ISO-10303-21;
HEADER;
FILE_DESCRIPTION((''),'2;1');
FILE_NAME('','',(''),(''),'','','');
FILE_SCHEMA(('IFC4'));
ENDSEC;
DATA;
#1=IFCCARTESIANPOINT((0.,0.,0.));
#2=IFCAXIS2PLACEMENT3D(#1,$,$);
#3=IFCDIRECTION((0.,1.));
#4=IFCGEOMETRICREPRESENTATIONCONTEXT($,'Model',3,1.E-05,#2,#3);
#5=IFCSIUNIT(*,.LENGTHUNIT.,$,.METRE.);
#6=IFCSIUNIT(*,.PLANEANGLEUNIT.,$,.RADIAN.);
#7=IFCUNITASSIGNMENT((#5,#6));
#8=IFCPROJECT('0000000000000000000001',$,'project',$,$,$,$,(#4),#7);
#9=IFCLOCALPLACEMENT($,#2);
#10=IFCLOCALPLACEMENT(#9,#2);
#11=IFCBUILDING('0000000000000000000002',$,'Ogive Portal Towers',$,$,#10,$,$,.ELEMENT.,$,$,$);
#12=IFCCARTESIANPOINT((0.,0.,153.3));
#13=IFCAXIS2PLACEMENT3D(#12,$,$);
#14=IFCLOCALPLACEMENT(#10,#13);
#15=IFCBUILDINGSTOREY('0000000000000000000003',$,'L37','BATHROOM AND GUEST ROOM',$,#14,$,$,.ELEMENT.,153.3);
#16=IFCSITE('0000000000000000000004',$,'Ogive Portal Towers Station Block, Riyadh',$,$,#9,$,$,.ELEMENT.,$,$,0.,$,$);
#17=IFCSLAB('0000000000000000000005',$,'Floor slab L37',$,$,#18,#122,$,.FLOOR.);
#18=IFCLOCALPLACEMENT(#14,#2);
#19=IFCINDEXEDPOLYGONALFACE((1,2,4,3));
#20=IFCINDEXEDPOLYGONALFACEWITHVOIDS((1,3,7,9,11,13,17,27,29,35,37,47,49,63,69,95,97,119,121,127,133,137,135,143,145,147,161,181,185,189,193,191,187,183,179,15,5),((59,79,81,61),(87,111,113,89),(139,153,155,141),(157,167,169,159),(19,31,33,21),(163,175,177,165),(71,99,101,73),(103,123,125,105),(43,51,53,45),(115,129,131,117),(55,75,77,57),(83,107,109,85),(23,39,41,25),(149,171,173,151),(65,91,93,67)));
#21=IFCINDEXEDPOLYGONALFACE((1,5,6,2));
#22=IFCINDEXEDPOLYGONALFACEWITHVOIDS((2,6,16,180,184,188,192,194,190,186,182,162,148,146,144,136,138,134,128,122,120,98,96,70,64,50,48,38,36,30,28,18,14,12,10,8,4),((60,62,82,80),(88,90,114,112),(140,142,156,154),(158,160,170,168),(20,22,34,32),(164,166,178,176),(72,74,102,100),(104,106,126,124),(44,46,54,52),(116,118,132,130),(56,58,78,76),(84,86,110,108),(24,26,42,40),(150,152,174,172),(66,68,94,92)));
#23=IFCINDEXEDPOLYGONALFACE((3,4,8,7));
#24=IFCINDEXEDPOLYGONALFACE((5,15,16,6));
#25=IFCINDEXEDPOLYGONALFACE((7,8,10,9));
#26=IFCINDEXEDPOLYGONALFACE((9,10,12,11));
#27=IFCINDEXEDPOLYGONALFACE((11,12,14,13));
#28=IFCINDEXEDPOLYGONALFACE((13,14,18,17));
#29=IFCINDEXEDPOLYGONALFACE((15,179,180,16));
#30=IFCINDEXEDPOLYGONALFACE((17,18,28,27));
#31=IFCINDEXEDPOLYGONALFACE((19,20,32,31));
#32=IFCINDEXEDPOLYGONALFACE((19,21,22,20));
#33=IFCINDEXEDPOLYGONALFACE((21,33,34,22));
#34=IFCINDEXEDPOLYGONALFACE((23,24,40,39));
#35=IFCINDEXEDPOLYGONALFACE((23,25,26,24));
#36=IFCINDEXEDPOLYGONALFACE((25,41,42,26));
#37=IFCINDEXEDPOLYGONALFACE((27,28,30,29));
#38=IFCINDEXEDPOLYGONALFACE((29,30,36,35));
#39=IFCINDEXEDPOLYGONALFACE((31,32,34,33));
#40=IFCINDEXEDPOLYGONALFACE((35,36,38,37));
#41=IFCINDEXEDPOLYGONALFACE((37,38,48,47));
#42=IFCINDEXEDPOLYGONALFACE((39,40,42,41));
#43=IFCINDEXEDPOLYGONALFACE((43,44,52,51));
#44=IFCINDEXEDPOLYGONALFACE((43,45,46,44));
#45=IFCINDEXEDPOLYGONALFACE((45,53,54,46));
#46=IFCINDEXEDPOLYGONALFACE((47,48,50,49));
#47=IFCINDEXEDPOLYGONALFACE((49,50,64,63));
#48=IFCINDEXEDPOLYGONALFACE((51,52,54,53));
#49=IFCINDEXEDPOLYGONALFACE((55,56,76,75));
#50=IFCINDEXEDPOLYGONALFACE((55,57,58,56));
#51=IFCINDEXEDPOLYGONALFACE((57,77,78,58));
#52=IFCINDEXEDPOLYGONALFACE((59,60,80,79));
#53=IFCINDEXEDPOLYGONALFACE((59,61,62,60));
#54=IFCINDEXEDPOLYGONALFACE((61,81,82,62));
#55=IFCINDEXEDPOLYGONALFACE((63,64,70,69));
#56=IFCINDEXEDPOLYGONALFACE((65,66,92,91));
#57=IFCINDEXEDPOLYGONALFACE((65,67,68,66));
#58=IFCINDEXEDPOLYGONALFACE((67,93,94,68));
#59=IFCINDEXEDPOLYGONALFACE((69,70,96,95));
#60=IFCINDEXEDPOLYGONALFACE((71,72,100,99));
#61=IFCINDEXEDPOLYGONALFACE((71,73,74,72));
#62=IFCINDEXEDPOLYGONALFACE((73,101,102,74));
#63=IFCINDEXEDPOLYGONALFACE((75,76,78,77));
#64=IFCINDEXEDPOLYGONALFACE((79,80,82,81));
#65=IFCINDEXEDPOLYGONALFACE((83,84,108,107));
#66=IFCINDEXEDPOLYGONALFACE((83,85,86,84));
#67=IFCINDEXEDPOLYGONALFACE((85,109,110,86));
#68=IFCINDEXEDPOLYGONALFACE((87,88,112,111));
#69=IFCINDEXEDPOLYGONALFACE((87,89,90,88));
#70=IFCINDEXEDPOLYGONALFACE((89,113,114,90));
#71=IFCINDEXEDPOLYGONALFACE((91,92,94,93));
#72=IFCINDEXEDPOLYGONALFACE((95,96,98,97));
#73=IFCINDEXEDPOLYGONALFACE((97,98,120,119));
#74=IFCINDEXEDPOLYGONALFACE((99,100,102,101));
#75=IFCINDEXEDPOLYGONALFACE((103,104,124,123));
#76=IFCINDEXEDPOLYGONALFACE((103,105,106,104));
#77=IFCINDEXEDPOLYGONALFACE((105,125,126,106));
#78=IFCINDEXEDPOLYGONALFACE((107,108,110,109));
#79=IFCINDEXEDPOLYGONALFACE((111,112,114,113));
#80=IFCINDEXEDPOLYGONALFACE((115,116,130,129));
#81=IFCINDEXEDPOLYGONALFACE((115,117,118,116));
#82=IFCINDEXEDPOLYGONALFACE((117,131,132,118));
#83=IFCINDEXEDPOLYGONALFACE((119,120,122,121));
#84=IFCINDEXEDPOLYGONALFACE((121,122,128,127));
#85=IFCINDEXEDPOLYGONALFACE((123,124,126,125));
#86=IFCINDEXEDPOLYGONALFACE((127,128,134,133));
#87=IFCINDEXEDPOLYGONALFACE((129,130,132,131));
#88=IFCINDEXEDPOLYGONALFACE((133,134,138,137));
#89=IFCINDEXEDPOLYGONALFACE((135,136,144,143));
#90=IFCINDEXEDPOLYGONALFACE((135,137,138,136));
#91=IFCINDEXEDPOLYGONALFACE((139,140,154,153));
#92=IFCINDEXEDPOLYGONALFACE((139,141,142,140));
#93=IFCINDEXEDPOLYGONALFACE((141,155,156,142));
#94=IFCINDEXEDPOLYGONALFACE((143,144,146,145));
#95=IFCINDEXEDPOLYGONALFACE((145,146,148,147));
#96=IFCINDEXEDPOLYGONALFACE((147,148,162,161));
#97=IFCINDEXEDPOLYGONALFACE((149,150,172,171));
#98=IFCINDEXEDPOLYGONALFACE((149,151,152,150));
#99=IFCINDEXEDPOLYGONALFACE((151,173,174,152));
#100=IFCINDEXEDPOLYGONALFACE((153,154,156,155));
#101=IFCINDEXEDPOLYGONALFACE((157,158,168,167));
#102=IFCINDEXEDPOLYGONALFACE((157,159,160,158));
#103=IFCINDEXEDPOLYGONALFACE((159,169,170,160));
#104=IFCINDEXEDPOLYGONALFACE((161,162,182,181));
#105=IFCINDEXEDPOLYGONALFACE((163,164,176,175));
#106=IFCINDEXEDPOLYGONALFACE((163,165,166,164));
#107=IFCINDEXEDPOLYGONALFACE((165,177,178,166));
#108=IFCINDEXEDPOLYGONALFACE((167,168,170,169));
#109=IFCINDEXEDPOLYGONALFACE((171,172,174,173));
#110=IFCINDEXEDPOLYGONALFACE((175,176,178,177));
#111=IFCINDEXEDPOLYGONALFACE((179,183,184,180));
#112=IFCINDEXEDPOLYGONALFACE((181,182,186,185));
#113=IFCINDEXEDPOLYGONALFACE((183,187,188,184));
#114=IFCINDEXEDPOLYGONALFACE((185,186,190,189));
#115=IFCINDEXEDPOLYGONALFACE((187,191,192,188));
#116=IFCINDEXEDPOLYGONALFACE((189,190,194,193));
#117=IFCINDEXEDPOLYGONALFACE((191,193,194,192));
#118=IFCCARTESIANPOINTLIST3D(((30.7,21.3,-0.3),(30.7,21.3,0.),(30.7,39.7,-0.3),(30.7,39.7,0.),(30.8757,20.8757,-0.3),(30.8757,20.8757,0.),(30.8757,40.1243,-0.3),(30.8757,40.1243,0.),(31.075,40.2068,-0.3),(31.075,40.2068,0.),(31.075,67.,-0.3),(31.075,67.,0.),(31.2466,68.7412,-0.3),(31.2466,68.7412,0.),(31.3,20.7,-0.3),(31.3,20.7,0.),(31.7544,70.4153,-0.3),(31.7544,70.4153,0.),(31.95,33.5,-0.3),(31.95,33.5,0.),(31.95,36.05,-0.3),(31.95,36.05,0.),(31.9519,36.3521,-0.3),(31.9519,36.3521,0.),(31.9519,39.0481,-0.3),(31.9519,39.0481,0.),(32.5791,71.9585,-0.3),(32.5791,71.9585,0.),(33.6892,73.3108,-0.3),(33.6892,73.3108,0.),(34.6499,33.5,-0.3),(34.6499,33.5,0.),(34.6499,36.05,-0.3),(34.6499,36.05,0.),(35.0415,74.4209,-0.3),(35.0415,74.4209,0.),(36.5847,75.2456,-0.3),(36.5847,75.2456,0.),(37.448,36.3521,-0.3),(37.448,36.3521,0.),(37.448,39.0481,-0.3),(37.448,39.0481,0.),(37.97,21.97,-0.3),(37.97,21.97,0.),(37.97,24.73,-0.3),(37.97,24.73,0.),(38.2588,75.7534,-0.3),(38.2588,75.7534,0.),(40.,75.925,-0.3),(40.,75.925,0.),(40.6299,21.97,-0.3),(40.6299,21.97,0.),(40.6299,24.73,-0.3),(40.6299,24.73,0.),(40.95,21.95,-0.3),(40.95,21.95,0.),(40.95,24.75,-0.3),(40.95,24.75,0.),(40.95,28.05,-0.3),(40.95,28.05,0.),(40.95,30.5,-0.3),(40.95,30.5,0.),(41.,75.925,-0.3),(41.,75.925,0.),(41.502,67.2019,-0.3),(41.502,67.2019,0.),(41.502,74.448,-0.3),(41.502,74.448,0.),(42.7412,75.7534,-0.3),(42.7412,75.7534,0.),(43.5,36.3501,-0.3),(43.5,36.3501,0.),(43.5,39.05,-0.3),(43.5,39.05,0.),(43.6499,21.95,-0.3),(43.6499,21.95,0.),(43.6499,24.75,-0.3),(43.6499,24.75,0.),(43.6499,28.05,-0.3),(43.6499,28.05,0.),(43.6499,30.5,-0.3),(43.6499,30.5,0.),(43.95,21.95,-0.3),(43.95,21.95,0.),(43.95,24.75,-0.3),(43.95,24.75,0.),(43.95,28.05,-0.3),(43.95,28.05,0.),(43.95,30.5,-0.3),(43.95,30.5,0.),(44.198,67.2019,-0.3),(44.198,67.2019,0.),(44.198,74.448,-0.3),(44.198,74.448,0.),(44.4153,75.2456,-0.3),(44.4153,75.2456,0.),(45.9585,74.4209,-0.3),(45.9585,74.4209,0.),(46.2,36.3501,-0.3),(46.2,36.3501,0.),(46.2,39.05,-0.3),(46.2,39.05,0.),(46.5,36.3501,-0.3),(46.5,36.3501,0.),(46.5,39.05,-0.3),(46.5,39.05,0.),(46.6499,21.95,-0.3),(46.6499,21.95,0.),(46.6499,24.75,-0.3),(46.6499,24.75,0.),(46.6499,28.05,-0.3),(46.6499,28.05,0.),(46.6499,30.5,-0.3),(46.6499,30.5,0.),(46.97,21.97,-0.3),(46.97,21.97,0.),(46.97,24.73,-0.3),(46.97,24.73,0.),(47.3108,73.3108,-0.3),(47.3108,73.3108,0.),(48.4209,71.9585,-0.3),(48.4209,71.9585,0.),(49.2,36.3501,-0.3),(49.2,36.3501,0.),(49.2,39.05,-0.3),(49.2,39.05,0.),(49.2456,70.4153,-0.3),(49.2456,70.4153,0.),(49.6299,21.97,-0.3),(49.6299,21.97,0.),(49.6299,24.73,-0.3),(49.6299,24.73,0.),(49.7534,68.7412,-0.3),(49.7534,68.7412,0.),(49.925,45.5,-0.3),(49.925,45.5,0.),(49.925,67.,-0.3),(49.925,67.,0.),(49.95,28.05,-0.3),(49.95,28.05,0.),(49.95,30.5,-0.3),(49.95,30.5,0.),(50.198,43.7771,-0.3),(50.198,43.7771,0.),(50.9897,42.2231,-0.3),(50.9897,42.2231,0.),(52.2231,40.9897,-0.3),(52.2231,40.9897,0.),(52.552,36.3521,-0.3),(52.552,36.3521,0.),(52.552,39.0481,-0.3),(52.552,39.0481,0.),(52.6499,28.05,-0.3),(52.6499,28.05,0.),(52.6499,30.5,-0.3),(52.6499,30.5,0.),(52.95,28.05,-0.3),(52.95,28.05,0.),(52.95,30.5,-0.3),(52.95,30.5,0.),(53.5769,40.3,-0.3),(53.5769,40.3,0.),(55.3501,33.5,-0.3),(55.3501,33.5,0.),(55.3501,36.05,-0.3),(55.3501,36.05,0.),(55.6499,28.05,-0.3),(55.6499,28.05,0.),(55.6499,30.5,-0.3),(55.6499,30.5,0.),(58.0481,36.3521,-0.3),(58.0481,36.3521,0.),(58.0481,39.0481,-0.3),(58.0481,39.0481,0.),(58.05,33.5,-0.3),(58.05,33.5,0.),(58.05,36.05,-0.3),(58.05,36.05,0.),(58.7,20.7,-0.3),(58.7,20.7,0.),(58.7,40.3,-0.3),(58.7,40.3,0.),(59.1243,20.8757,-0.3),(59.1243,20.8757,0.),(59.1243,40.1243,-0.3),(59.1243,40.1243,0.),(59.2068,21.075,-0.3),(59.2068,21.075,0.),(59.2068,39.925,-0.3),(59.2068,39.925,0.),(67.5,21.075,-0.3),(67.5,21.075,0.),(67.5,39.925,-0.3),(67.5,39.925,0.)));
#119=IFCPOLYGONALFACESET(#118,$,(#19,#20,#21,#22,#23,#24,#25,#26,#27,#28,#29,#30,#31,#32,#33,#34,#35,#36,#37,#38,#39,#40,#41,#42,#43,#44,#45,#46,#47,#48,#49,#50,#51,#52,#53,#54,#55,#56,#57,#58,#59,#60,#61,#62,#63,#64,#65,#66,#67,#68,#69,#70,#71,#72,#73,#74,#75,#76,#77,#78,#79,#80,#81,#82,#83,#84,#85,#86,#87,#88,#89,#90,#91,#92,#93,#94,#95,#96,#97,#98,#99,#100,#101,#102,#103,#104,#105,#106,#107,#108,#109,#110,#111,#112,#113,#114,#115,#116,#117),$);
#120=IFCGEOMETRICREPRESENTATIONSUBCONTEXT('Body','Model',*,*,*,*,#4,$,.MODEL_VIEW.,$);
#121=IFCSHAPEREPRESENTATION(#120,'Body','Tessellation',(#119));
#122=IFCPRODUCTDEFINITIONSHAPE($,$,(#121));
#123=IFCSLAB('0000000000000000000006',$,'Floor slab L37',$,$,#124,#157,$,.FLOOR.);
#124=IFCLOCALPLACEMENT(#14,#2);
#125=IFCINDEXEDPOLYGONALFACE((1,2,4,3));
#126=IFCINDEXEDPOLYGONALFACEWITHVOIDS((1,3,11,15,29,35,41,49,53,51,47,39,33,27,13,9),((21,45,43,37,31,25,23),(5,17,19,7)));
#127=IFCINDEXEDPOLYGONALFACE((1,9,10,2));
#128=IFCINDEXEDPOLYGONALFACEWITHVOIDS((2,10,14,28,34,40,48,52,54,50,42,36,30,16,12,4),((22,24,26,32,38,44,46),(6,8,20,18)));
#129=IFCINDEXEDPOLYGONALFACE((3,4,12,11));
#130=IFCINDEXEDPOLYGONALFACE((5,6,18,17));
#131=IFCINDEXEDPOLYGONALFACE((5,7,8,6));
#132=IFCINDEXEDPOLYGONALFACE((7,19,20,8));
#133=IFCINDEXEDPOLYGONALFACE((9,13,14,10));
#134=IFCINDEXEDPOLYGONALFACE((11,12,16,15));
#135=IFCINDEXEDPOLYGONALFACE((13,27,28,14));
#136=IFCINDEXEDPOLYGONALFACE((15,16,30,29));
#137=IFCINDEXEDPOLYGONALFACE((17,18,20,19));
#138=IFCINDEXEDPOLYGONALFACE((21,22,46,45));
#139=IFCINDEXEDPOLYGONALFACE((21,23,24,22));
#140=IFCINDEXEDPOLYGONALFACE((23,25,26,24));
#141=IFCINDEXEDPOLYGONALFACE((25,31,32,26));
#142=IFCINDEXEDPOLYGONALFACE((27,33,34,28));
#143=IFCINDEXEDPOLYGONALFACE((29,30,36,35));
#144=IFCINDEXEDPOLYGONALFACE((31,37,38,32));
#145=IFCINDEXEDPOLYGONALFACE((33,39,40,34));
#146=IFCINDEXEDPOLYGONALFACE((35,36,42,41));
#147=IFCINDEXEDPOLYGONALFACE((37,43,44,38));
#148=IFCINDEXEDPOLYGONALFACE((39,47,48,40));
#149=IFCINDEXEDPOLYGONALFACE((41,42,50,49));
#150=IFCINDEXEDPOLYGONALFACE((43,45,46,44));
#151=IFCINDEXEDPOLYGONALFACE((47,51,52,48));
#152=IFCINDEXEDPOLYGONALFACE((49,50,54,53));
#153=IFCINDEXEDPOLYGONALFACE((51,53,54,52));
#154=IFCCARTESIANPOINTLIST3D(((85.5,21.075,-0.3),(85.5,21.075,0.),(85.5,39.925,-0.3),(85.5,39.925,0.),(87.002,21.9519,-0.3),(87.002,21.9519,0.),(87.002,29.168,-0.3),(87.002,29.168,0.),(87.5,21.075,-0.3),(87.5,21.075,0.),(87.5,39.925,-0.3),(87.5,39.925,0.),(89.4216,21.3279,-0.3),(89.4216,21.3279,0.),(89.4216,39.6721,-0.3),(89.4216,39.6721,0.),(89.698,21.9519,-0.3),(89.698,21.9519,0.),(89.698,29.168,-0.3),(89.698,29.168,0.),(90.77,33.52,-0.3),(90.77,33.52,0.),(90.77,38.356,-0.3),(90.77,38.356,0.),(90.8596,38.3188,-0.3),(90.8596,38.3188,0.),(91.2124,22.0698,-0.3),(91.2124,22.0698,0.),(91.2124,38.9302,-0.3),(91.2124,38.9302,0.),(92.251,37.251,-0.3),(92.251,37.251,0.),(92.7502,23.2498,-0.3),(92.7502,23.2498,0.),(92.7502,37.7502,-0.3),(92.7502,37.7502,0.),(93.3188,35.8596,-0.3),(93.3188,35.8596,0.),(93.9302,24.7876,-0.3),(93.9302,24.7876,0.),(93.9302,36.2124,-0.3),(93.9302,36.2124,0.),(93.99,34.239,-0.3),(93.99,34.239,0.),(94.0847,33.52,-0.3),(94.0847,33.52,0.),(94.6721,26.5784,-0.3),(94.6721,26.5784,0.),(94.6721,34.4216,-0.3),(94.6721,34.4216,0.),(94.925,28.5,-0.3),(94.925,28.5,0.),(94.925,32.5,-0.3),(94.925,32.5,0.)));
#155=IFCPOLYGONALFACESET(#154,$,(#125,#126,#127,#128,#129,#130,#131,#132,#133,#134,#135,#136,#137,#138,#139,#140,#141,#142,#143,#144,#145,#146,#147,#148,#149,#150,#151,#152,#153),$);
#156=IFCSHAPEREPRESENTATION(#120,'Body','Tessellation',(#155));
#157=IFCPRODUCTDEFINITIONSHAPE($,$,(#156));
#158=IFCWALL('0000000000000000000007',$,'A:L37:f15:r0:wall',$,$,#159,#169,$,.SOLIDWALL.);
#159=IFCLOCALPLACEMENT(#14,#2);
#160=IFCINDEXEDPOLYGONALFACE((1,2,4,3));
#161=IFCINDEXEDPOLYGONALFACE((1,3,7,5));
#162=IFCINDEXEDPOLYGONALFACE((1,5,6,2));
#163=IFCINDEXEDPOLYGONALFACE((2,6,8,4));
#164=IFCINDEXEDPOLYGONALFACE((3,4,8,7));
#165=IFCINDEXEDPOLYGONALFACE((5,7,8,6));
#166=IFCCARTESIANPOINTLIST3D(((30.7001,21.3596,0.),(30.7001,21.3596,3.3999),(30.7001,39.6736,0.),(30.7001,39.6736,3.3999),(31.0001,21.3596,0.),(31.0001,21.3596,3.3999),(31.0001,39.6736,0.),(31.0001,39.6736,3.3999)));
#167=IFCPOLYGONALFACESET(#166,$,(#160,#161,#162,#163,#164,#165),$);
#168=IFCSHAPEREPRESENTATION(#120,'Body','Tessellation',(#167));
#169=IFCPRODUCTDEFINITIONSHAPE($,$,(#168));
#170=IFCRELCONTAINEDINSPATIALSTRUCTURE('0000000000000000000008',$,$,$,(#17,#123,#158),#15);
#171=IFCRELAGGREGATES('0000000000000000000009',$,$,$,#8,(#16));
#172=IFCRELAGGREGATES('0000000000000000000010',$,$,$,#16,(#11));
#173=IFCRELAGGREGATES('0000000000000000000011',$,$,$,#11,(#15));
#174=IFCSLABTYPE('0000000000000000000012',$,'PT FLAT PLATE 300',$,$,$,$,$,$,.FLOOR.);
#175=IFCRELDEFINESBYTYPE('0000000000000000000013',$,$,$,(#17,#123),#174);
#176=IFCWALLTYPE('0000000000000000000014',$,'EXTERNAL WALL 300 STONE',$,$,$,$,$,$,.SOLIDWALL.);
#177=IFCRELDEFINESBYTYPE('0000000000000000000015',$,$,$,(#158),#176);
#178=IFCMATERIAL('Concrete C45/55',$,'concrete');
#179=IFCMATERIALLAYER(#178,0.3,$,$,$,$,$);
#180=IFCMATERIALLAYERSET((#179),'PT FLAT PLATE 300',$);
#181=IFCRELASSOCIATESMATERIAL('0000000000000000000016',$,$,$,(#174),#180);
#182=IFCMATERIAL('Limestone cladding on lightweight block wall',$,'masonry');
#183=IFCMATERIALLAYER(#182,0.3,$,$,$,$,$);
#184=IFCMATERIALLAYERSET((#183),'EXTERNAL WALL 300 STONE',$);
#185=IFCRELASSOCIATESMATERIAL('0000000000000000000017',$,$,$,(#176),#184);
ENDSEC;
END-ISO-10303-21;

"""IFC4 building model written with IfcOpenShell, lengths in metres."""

from ifc_helpers import new_model, si_unit, direction, frame, frame_2d, origin, place, context, subcontext, project, spatial, polyline, rectangle, outline, extrude, material, layer, layer_set, type_object, element, save


model = new_model("IFC4")

# Units and contexts
model_context = context("Model", 3, precision=1e-05, world=origin(), true_north=direction((0.0, 1.0)))
body_context = subcontext(model_context, "Body", "Model", "MODEL_VIEW")
ifc_project = project(units=[si_unit("LENGTHUNIT", "METRE"), si_unit("PLANEANGLEUNIT", "RADIAN")], contexts=[model_context])

# Site, building, storey
site_placement = place(None, origin())
site = spatial("IfcSite", under=ifc_project, at=site_placement, Name="Ogive Portal Towers Station Block, Riyadh", CompositionType="ELEMENT", RefElevation=0.0)
building_placement = place(site_placement, origin())
building = spatial("IfcBuilding", under=site, at=building_placement, Name="Ogive Portal Towers", CompositionType="ELEMENT")
storey_placement = place(building_placement, frame((0.0, 0.0, 153.3)))
storey = spatial("IfcBuildingStorey", under=building, at=storey_placement, Name="L37", Description="BATHROOM AND GUEST ROOM", CompositionType="ELEMENT", Elevation=153.3)

# Slabs
ifc_material_1 = material(Name="Concrete C45/55", Category="concrete")
ifc_layer_1 = layer(ifc_material_1, 0.3)
ifc_layer_set_1 = layer_set([ifc_layer_1], Name="PT FLAT PLATE 300")
slab_type_1 = type_object("IfcSlabType", Name="PT FLAT PLATE 300", PredefinedType="FLOOR", material=ifc_layer_set_1)
slab_1_placement = place(storey_placement, frame((0.0, 0.0, -0.3)))
element("IfcSlab", 1, at=slab_1_placement, inside=storey, type_object=slab_type_1, Name="Floor slab L37", PredefinedType="FLOOR", context=body_context, shape_type="SweptSolid", body=[
    extrude(outline(polyline([(59.1243, 20.8757), (59.2068, 21.075), (67.5, 21.075), (67.5, 39.925), (59.2068, 39.925), (59.1243, 40.1243), (58.7, 40.3), (53.5769, 40.3), (52.2231, 40.9897), (50.9897, 42.2231), (50.198, 43.7771), (49.925, 45.5), (49.925, 67.0), (49.7534, 68.7412), (49.2456, 70.4153), (48.4209, 71.9585), (47.3108, 73.3108), (45.9585, 74.4209), (44.4153, 75.2456), (42.7412, 75.7534), (41.0, 75.925), (40.0, 75.925), (38.2588, 75.7534), (36.5847, 75.2456), (35.0415, 74.4209), (33.6892, 73.3108), (32.5791, 71.9585), (31.7544, 70.4153), (31.2466, 68.7412), (31.075, 67.0), (31.075, 40.2068), (30.8757, 40.1243), (30.7, 39.7), (30.7, 21.3), (30.8757, 20.8757), (31.3, 20.7), (58.7, 20.7), (59.1243, 20.8757)]), holes=[polyline([(40.6299, 21.97), (37.97, 21.97), (37.97, 24.73), (40.6299, 24.73), (40.6299, 21.97)]), polyline([(43.6499, 24.75), (43.6499, 21.95), (40.95, 21.95), (40.95, 24.75), (43.6499, 24.75)]), polyline([(46.6499, 24.75), (46.6499, 21.95), (43.95, 21.95), (43.95, 24.75), (46.6499, 24.75)]), polyline([(43.6499, 30.5), (43.6499, 28.05), (40.95, 28.05), (40.95, 30.5), (43.6499, 30.5)]), polyline([(46.6499, 30.5), (46.6499, 28.05), (43.95, 28.05), (43.95, 30.5), (46.6499, 30.5)]), polyline([(34.6499, 36.05), (34.6499, 33.5), (31.95, 33.5), (31.95, 36.05), (34.6499, 36.05)]), polyline([(31.9519, 39.0481), (37.448, 39.0481), (37.448, 36.3521), (31.9519, 36.3521), (31.9519, 39.0481)]), polyline([(46.2, 39.05), (46.2, 36.3501), (43.5, 36.3501), (43.5, 39.05), (46.2, 39.05)]), polyline([(44.198, 74.448), (44.198, 67.2019), (41.502, 67.2019), (41.502, 74.448), (44.198, 74.448)]), polyline([(49.6299, 21.97), (46.97, 21.97), (46.97, 24.73), (49.6299, 24.73), (49.6299, 21.97)]), polyline([(52.6499, 30.5), (52.6499, 28.05), (49.95, 28.05), (49.95, 30.5), (52.6499, 30.5)]), polyline([(55.6499, 30.5), (55.6499, 28.05), (52.95, 28.05), (52.95, 30.5), (55.6499, 30.5)]), polyline([(58.05, 36.05), (58.05, 33.5), (55.3501, 33.5), (55.3501, 36.05), (58.05, 36.05)]), polyline([(49.2, 36.3501), (46.5, 36.3501), (46.5, 39.05), (49.2, 39.05), (49.2, 36.3501)]), polyline([(52.552, 36.3521), (52.552, 39.0481), (58.0481, 39.0481), (58.0481, 36.3521), (52.552, 36.3521)])]), origin(), (0.0, 0.0, 1.0), 0.3),
])
slab_2_placement = place(storey_placement, frame((0.0, 0.0, -0.3)))
element("IfcSlab", 2, at=slab_2_placement, inside=storey, type_object=slab_type_1, Name="Floor slab L37", PredefinedType="FLOOR", context=body_context, shape_type="SweptSolid", body=[
    extrude(outline(polyline([(91.2124, 38.9302), (89.4216, 39.6721), (87.5, 39.925), (85.5, 39.925), (85.5, 21.075), (87.5, 21.075), (89.4216, 21.3279), (91.2124, 22.0698), (92.7502, 23.2498), (93.9302, 24.7876), (94.6721, 26.5784), (94.925, 28.5), (94.925, 32.5), (94.6721, 34.4216), (93.9302, 36.2124), (92.7502, 37.7502), (91.2124, 38.9302)]), holes=[polyline([(87.002, 21.9519), (87.002, 29.168), (89.698, 29.168), (89.698, 21.9519), (87.002, 21.9519)]), polyline([(92.251, 37.251), (93.3188, 35.8596), (93.99, 34.239), (94.0847, 33.52), (90.77, 33.52), (90.77, 38.356), (90.8596, 38.3188), (92.251, 37.251)])]), origin(), (0.0, 0.0, 1.0), 0.3),
])

# Wall
ifc_material_2 = material(Name="Limestone cladding on lightweight block wall", Category="masonry")
ifc_layer_2 = layer(ifc_material_2, 0.3)
ifc_layer_set_2 = layer_set([ifc_layer_2], Name="EXTERNAL WALL 300 STONE")
wall_type = type_object("IfcWallType", Name="EXTERNAL WALL 300 STONE", PredefinedType="SOLIDWALL", material=ifc_layer_set_2)
wall_1_placement = place(storey_placement, frame((30.8501, 39.6736, 0.0), z_axis=(0.0, 0.0, 1.0), x_axis=(0.0, -1.0, 0.0)))
element("IfcWall", 3, at=wall_1_placement, inside=storey, type_object=wall_type, Name="A:L37:f15:r0:wall", PredefinedType="SOLIDWALL", context=body_context, shape_type="SweptSolid", body=[
    extrude(rectangle(XDim=18.314, YDim=0.3, at=frame_2d((9.157, 0.0))), origin(), (0.0, 0.0, 1.0), 3.3999),
])

save(model, "model.ifc")
